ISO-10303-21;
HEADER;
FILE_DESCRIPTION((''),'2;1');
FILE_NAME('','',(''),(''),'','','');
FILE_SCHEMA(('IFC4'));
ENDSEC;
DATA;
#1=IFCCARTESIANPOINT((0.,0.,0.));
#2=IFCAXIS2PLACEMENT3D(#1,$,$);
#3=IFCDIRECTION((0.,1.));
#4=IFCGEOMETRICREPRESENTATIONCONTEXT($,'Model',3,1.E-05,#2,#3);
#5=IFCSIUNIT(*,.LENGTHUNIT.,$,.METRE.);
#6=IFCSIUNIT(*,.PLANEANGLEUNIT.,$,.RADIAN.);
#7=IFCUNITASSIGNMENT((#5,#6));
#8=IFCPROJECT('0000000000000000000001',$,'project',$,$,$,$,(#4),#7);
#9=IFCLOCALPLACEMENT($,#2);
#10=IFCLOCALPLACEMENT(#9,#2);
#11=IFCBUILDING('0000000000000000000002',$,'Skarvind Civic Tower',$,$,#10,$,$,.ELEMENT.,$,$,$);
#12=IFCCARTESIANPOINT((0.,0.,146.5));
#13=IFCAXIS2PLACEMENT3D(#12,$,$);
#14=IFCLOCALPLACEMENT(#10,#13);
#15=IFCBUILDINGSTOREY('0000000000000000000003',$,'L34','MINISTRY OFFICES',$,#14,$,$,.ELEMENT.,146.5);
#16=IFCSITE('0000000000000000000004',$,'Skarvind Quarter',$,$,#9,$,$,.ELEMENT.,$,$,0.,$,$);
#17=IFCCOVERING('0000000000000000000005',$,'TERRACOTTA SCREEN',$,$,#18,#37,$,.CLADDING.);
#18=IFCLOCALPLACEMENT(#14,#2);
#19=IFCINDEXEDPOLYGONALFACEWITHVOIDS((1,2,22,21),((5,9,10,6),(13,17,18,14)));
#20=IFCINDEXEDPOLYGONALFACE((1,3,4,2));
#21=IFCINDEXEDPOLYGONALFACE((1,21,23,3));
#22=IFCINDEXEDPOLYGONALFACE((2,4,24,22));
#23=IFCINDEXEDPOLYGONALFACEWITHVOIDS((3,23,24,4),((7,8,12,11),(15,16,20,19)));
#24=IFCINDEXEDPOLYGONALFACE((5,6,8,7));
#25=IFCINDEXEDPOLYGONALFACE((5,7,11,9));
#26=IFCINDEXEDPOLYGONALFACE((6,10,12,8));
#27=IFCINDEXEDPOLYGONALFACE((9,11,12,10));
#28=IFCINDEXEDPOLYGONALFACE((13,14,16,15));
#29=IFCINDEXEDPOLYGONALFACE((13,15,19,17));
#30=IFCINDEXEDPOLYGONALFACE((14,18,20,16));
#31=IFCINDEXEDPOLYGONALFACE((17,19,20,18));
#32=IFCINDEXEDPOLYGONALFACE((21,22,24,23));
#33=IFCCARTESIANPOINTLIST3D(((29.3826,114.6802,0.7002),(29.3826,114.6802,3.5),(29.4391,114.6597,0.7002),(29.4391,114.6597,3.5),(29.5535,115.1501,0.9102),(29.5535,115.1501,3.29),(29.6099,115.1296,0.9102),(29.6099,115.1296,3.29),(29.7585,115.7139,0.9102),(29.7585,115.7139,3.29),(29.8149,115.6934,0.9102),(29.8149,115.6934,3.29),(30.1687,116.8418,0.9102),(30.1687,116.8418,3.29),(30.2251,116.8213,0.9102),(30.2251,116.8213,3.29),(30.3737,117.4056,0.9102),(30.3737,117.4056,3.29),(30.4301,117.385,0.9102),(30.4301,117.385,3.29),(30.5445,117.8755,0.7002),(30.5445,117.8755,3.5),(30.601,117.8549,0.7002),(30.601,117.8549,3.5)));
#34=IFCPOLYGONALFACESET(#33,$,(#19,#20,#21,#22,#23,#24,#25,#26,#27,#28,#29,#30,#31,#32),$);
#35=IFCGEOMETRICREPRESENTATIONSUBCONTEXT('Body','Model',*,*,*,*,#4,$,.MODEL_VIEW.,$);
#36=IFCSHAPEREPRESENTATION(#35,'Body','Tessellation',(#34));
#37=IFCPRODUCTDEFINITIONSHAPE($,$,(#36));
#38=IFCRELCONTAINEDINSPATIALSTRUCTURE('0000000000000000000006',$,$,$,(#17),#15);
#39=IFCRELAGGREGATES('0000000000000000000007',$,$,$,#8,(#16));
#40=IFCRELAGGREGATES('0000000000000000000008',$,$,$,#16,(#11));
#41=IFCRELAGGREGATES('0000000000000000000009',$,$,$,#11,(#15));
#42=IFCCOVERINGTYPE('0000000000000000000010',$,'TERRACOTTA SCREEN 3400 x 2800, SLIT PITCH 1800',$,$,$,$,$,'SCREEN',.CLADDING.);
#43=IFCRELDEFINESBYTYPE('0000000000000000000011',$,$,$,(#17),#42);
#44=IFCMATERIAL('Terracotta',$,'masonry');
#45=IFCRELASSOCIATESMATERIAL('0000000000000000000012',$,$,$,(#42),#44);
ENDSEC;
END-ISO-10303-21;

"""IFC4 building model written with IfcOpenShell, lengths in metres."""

from ifc_helpers import new_model, si_unit, direction, frame, origin, place, context, subcontext, project, spatial, polyline, outline, extrude, material, material_profile, profile_set, type_object, element, save


model = new_model("IFC4")

# Units and contexts
model_context = context("Model", 3, precision=1e-05, world=origin(), true_north=direction((0.0, 1.0)))
body_context = subcontext(model_context, "Body", "Model", "MODEL_VIEW")
ifc_project = project(units=[si_unit("LENGTHUNIT", "METRE"), si_unit("PLANEANGLEUNIT", "RADIAN")], contexts=[model_context])

# Site, building, storey
site_placement = place(None, origin())
site = spatial("IfcSite", under=ifc_project, at=site_placement, Name="Skarvind Quarter", CompositionType="ELEMENT", RefElevation=0.0)
building_placement = place(site_placement, origin())
building = spatial("IfcBuilding", under=site, at=building_placement, Name="Skarvind Civic Tower", CompositionType="ELEMENT")
storey_placement = place(building_placement, frame((0.0, 0.0, 146.5)))
storey = spatial("IfcBuildingStorey", under=building, at=storey_placement, Name="L34", Description="MINISTRY OFFICES", CompositionType="ELEMENT", Elevation=146.5)

# Covering
ifc_material_1 = material(Name="Terracotta", Category="masonry")
ifc_material_profile_1 = material_profile(ifc_material_1, outline(polyline([(-1.7, -1.3999), (1.7, -1.3999), (1.7, 1.3999), (-1.7, 1.3999), (-1.7, -1.3999)]), holes=[polyline([(-1.2, -1.1899), (-0.6001, -1.1899), (-0.6001, 1.1899), (-1.2, 1.1899), (-1.2, -1.1899)]), polyline([(0.6001, -1.1899), (1.2, -1.1899), (1.2, 1.1899), (0.6001, 1.1899), (0.6001, -1.1899)])]), Name="TERRACOTTA SCREEN 3400 x 2800, SLIT PITCH 1800")
ifc_profile_set_1 = profile_set([ifc_material_profile_1], Name="Terracotta")
covering_type = type_object("IfcCoveringType", Name="TERRACOTTA SCREEN 3400 x 2800, SLIT PITCH 1800", ElementType="SCREEN", PredefinedType="CLADDING", material=ifc_profile_set_1)
covering_placement = place(storey_placement, frame((30.02, 116.2573, 2.1001), z_axis=(-0.939793, 0.341743, 0.0), x_axis=(-0.341743, -0.939793, 0.0)))
element("IfcCovering", 1, at=covering_placement, inside=storey, type_object=covering_type, Name="TERRACOTTA SCREEN", PredefinedType="CLADDING", context=body_context, shape_type="SweptSolid", body=[
    extrude(outline(polyline([(-1.7, -1.3999), (1.7, -1.3999), (1.7, 1.3999), (-1.7, 1.3999), (-1.7, -1.3999)]), holes=[polyline([(-1.2, -1.1899), (-0.6001, -1.1899), (-0.6001, 1.1899), (-1.2, 1.1899), (-1.2, -1.1899)]), polyline([(0.6001, -1.1899), (1.2, -1.1899), (1.2, 1.1899), (0.6001, 1.1899), (0.6001, -1.1899)])]), origin(), (0.0, 0.0, 1.0), 0.0601),
])

save(model, "model.ifc")
